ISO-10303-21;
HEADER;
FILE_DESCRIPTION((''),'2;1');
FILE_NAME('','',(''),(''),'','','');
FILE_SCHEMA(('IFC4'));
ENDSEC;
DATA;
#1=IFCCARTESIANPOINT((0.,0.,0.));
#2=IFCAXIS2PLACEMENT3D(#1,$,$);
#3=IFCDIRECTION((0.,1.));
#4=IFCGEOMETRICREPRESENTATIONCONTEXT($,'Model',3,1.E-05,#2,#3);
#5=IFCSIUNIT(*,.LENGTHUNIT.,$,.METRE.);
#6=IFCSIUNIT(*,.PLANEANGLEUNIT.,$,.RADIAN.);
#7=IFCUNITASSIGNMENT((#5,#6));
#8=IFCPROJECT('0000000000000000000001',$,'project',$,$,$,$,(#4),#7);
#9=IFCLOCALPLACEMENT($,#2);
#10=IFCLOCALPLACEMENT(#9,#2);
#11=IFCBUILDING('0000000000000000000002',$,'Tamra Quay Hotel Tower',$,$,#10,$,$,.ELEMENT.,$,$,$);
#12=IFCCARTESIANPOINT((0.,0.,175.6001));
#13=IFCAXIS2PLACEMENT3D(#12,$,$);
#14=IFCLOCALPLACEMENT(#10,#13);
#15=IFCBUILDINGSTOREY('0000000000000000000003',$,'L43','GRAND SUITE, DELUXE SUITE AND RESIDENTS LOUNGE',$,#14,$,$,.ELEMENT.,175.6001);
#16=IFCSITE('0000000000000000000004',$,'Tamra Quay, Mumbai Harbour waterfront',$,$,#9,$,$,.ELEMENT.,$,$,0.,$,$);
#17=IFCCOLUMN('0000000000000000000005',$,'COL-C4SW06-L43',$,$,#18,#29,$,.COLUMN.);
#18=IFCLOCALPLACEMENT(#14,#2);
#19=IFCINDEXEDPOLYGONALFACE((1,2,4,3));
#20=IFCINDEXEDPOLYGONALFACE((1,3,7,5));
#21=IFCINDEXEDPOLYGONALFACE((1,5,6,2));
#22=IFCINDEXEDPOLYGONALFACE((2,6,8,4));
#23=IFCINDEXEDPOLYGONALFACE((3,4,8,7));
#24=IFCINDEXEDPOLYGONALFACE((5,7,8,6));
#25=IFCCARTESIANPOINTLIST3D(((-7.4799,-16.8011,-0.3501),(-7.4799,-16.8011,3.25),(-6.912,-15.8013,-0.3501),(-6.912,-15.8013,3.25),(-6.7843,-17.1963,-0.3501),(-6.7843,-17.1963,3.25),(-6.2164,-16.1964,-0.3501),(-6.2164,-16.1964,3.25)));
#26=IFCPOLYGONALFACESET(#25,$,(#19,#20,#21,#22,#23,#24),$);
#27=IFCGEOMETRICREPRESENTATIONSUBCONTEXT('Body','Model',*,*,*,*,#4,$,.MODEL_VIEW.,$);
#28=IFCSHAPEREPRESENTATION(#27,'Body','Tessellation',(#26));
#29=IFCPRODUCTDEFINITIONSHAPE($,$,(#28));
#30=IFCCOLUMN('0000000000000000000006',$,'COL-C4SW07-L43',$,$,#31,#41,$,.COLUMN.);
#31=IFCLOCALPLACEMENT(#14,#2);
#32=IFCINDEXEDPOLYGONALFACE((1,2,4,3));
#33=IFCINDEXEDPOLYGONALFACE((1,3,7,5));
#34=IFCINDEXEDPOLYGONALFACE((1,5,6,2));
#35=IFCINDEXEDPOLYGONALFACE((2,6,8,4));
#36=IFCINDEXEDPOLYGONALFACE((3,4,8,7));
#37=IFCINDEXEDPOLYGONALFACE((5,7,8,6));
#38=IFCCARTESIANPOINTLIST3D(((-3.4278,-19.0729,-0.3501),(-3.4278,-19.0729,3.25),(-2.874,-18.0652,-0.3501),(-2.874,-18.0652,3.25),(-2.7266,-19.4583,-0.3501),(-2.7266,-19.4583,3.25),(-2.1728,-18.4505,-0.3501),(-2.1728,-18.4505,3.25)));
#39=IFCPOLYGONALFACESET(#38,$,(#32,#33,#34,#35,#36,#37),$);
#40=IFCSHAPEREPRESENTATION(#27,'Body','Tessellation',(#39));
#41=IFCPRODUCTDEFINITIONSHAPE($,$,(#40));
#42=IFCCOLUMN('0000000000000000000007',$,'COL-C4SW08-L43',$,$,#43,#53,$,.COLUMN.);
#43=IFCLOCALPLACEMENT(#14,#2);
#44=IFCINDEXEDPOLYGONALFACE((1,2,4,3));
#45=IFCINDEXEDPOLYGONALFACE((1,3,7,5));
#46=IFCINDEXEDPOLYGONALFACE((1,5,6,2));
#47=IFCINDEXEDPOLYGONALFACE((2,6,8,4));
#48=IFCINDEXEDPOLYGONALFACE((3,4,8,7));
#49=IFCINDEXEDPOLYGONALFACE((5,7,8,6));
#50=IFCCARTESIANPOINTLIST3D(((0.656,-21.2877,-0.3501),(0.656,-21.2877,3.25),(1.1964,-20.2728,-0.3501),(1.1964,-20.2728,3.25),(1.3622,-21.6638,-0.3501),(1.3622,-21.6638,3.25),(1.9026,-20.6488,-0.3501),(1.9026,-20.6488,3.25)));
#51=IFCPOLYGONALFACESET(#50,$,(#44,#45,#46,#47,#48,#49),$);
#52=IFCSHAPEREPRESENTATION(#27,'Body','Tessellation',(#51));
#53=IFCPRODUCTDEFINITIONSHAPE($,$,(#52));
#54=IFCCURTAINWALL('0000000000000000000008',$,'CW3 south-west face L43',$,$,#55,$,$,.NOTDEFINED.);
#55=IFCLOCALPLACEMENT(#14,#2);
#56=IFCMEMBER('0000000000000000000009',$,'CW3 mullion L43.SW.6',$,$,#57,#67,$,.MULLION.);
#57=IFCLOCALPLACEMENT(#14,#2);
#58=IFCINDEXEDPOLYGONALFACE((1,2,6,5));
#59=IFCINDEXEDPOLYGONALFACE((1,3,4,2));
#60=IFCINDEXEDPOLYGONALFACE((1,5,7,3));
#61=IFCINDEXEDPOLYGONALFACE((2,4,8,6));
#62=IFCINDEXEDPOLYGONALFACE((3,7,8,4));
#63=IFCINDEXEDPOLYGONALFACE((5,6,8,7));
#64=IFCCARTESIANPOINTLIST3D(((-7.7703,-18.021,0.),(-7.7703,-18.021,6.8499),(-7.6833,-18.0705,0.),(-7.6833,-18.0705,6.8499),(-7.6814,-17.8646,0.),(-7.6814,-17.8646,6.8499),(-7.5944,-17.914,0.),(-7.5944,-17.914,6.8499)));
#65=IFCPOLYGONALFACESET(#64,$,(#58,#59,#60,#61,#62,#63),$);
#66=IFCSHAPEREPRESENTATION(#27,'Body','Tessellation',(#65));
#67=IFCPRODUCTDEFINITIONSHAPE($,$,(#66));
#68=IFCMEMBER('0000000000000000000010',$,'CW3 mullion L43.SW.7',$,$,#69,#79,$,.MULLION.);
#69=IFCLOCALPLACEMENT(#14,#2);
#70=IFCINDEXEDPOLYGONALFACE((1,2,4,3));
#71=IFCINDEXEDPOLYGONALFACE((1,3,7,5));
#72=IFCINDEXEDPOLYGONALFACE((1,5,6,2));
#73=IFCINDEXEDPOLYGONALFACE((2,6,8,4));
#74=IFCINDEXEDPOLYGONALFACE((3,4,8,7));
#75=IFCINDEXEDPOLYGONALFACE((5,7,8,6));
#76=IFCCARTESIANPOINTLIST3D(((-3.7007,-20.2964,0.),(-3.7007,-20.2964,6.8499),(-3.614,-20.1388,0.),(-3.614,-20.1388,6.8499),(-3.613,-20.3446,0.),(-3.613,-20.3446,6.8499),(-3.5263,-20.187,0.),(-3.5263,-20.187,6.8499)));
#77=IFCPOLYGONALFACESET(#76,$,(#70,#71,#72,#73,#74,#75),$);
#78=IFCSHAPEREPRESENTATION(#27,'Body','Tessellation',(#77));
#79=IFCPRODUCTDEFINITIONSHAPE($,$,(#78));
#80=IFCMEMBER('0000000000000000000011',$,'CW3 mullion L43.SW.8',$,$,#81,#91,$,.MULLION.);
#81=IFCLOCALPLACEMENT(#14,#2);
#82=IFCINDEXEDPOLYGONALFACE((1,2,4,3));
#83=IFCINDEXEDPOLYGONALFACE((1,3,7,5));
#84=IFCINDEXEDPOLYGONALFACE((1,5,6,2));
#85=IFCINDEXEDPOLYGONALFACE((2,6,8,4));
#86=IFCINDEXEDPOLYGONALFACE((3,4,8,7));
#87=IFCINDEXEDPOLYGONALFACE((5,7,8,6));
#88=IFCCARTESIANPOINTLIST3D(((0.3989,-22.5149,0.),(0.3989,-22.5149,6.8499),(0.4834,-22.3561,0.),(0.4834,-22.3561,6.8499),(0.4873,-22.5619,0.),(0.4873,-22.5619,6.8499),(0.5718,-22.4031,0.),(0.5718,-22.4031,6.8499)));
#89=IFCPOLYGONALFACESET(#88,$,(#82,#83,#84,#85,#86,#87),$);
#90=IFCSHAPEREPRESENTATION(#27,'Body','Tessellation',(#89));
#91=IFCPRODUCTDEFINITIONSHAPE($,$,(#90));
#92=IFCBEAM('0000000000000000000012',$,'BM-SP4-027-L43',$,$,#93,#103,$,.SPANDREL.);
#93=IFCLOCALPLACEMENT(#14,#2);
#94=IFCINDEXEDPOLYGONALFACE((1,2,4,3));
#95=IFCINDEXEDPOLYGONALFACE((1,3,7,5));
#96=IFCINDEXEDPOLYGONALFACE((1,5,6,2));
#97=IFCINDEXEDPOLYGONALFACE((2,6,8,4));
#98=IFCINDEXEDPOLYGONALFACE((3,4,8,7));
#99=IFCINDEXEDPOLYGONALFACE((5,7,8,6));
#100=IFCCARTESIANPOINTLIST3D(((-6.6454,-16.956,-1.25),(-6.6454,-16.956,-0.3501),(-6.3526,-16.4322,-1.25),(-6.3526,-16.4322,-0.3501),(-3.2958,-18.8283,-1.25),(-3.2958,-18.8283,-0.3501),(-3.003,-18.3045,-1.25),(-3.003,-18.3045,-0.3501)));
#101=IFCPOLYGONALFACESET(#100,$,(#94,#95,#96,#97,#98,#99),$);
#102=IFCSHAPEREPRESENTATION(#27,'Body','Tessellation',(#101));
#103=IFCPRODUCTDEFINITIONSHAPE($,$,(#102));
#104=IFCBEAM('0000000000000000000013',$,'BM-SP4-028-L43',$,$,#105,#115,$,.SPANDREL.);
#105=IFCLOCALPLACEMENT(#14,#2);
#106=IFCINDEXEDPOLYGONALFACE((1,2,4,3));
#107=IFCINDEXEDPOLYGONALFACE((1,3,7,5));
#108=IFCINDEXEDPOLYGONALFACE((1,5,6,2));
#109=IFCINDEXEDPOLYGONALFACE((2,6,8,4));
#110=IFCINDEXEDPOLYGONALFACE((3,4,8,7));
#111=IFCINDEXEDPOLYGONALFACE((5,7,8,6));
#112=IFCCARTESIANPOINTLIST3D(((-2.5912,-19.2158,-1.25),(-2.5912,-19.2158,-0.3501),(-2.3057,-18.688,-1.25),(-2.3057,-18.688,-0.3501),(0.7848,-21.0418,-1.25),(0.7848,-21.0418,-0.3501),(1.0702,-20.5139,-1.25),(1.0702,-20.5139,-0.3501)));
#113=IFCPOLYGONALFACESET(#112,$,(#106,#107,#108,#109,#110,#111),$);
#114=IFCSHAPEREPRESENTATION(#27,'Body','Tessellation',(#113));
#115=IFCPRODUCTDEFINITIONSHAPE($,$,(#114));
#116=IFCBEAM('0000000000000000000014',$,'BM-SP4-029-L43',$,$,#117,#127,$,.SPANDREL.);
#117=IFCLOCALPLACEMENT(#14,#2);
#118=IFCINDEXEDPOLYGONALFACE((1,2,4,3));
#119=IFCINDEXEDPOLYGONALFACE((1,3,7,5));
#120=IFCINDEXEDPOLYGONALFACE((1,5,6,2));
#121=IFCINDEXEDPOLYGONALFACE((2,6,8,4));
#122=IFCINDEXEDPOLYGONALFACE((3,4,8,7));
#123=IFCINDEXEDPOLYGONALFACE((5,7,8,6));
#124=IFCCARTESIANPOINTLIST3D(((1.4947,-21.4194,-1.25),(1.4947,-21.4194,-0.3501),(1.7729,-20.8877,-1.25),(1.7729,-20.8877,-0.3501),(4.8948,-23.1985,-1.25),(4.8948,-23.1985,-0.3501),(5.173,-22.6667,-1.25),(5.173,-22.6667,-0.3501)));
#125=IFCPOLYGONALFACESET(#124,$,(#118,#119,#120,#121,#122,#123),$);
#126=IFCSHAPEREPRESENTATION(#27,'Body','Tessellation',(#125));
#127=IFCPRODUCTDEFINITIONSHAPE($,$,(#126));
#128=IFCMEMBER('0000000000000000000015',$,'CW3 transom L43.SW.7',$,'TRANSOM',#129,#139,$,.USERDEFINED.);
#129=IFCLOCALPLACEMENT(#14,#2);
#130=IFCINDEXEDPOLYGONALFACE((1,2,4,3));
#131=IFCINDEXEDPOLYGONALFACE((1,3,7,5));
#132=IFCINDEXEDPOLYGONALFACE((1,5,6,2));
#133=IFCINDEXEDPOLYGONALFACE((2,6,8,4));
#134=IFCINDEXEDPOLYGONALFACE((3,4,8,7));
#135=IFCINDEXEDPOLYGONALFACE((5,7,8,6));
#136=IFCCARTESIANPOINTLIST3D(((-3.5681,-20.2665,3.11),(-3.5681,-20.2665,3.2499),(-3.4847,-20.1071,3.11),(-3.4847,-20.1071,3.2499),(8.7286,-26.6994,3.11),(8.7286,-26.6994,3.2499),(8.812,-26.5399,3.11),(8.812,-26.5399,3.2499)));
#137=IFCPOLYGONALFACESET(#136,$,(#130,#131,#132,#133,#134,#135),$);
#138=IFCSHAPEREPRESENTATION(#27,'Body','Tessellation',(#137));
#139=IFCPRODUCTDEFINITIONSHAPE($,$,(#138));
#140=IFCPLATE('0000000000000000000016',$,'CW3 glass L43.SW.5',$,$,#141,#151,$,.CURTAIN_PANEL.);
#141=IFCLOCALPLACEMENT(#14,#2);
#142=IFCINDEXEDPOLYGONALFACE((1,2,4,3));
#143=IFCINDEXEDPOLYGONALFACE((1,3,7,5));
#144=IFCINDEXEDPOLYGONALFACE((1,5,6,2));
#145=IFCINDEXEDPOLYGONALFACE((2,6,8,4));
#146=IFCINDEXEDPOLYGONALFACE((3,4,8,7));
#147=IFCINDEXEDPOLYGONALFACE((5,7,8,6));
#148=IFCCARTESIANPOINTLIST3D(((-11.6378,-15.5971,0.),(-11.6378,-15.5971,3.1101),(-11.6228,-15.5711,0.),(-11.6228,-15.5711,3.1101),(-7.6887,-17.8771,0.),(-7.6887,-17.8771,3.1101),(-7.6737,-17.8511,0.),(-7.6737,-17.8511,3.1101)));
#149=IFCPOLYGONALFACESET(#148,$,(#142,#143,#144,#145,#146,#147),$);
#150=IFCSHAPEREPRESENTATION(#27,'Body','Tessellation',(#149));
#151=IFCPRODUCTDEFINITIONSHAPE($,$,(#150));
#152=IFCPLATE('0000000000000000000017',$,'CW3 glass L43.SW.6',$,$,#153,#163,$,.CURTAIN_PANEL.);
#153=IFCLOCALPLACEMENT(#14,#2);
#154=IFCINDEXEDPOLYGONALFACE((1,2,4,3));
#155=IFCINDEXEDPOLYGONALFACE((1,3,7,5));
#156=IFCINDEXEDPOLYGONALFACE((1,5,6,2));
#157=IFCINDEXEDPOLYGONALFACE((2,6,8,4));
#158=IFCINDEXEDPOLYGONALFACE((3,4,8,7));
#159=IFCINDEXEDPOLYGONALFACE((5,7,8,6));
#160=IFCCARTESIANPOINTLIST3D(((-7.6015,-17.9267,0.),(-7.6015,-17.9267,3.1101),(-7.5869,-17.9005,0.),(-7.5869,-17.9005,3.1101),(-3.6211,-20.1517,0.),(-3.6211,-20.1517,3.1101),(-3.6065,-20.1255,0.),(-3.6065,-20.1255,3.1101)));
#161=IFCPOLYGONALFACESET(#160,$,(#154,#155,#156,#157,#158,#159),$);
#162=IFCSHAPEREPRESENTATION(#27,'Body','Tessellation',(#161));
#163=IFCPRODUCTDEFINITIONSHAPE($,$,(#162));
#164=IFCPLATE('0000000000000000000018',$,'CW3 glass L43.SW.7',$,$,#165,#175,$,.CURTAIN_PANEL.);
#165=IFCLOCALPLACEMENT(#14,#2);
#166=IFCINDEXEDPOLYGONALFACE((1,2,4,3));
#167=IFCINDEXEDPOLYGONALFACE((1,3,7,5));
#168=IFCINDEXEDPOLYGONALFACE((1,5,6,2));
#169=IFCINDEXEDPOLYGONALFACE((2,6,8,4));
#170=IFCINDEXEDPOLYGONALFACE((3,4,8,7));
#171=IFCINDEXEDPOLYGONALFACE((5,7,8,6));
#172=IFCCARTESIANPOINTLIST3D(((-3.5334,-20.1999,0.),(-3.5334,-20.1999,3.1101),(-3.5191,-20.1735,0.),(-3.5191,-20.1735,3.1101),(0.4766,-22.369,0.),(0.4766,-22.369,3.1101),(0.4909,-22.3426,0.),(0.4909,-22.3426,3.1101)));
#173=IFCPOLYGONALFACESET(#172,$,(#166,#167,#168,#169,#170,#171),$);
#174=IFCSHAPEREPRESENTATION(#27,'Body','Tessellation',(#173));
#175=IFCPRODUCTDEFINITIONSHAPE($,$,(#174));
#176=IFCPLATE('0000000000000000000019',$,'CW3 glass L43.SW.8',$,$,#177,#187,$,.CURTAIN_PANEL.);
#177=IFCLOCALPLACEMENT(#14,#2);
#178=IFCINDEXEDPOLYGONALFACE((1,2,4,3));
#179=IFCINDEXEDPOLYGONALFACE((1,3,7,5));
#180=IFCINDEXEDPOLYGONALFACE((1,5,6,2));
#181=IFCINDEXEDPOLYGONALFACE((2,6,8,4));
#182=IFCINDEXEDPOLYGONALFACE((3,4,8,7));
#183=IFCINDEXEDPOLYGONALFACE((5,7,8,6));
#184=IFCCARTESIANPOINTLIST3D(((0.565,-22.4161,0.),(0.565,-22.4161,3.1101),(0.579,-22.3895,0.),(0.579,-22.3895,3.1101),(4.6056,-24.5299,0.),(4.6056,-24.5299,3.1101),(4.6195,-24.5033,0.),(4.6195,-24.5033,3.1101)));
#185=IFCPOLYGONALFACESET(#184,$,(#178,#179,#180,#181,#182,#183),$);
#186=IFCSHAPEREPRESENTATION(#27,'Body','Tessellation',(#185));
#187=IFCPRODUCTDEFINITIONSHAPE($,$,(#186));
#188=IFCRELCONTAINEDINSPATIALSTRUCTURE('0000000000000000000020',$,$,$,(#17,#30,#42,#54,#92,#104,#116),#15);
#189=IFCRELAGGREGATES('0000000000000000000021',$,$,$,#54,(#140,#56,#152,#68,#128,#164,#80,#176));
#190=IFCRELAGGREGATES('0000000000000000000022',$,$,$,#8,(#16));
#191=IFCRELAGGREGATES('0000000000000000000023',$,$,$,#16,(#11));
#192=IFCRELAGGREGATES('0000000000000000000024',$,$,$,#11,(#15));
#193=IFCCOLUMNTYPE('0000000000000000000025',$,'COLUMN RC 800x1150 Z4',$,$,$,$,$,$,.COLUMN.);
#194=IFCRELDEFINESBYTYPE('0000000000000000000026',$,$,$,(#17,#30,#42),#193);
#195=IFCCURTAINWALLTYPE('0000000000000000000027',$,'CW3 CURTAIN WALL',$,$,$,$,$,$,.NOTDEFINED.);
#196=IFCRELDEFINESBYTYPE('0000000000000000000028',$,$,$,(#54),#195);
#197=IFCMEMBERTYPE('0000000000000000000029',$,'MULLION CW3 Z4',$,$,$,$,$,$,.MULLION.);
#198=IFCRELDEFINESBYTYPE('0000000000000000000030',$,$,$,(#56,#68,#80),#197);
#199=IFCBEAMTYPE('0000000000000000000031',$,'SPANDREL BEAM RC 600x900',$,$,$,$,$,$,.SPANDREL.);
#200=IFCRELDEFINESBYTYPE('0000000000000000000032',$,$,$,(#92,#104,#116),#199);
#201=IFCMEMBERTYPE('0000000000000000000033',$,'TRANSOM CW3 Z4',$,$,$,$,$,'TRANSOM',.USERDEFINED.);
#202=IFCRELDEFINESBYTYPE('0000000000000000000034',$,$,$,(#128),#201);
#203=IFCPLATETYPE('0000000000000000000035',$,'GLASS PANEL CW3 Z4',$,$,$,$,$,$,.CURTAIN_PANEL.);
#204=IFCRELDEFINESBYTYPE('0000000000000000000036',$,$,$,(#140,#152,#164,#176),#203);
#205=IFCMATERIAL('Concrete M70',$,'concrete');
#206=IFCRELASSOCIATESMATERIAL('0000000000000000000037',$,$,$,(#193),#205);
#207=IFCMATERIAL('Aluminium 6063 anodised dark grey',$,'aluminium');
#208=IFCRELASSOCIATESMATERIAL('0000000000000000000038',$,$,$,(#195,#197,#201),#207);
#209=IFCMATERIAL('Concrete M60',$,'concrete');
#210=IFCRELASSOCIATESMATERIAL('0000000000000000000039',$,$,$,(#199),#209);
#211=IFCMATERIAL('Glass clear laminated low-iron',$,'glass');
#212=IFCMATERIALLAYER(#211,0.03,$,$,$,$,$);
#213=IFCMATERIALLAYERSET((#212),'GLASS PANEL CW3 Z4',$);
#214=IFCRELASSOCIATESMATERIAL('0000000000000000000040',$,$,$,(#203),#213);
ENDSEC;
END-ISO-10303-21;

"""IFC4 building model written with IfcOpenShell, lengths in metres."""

from ifc_helpers import new_model, si_unit, direction, frame, origin, origin_2d, place, context, subcontext, project, spatial, rectangle, extrude, material, layer, layer_set, material_profile, profile_set, type_object, element, aggregate, save


model = new_model("IFC4")

# Units and contexts
model_context = context("Model", 3, precision=1e-05, world=origin(), true_north=direction((0.0, 1.0)))
body_context = subcontext(model_context, "Body", "Model", "MODEL_VIEW")
ifc_project = project(units=[si_unit("LENGTHUNIT", "METRE"), si_unit("PLANEANGLEUNIT", "RADIAN")], contexts=[model_context])

# Site, building, storey
site_placement = place(None, origin())
site = spatial("IfcSite", under=ifc_project, at=site_placement, Name="Tamra Quay, Mumbai Harbour waterfront", CompositionType="ELEMENT", RefElevation=0.0)
building_placement = place(site_placement, origin())
building = spatial("IfcBuilding", under=site, at=building_placement, Name="Tamra Quay Hotel Tower", CompositionType="ELEMENT")
storey_placement = place(building_placement, frame((0.0, 0.0, 175.6001)))
storey = spatial("IfcBuildingStorey", under=building, at=storey_placement, Name="L43", Description="GRAND SUITE, DELUXE SUITE AND RESIDENTS LOUNGE", CompositionType="ELEMENT", Elevation=175.6001)

# Columns
ifc_material_1 = material(Name="Concrete M70", Category="concrete")
ifc_material_profile_1 = material_profile(ifc_material_1, rectangle(XDim=1.1499, YDim=0.8, at=origin_2d()), Name="COLUMN RC 800x1150 Z4")
ifc_profile_set_1 = profile_set([ifc_material_profile_1], Name="Concrete M70")
column_type = type_object("IfcColumnType", Name="COLUMN RC 800x1150 Z4", PredefinedType="COLUMN", material=ifc_profile_set_1)
for number, where, z_axis, x_axis, name in (
    (1, (-6.8481, -16.4988, -0.3501), (0.0, 0.0, 1.0), (0.49389, 0.869524, 0.0), "COL-C4SW06-L43"),
    (2, (-2.8003, -18.7617, -0.3501), (0.0, 0.0, 1.0), (0.481602, 0.87639, 0.0), "COL-C4SW07-L43"),
    (3, (1.2793, -20.9683, -0.3501), (0.0, 0.0, 1.0), (0.470002, 0.882666, 0.0), "COL-C4SW08-L43"),
):
    element("IfcColumn", number, at=place(storey_placement, frame(where, z_axis=z_axis, x_axis=x_axis)), inside=storey, type_object=column_type, Name=name, PredefinedType="COLUMN", context=body_context, shape_type="SweptSolid", body=[
        extrude(rectangle(XDim=1.1499, YDim=0.8, at=origin_2d()), origin(), (0.0, 0.0, 1.0), 3.6001),
    ])

# Curtain wall, members
ifc_material_2 = material(Name="Aluminium 6063 anodised dark grey", Category="aluminium")
curtain_wall_type = type_object("IfcCurtainWallType", Name="CW3 CURTAIN WALL", PredefinedType="NOTDEFINED", material=ifc_material_2)
curtain_wall_placement = place(storey_placement, origin())
curtain_wall = element("IfcCurtainWall", 4, at=curtain_wall_placement, inside=storey, type_object=curtain_wall_type, Name="CW3 south-west face L43", PredefinedType="NOTDEFINED")
ifc_material_profile_2 = material_profile(ifc_material_2, rectangle(XDim=0.1799, YDim=0.1001, at=origin_2d()), Name="MULLION 100X180")
ifc_profile_set_2 = profile_set([ifc_material_profile_2], Name="Aluminium 6063 anodised dark grey")
member_type_1 = type_object("IfcMemberType", Name="MULLION CW3 Z4", PredefinedType="MULLION", material=ifc_profile_set_2)
member_1_placement = place(storey_placement, frame((-7.6824, -17.9675, 0.0), z_axis=(0.0, 0.0, 1.0), x_axis=(-0.493975, -0.869476, 0.0)))
member_1 = element("IfcMember", 5, at=member_1_placement, type_object=member_type_1, Name="CW3 mullion L43.SW.6", PredefinedType="MULLION", context=body_context, shape_type="SweptSolid", body=[
    extrude(rectangle(XDim=0.1799, YDim=0.1001, at=origin_2d()), origin(), (0.0, 0.0, 1.0), 6.8499),
])
member_2_placement = place(storey_placement, frame((-3.6135, -20.2417, 0.0), z_axis=(0.0, 0.0, 1.0), x_axis=(-0.481861, -0.876248, 0.0)))
member_2 = element("IfcMember", 6, at=member_2_placement, type_object=member_type_1, Name="CW3 mullion L43.SW.7", PredefinedType="MULLION", context=body_context, shape_type="SweptSolid", body=[
    extrude(rectangle(XDim=0.1799, YDim=0.1001, at=origin_2d()), origin(), (0.0, 0.0, 1.0), 6.8499),
])
member_3_placement = place(storey_placement, frame((0.4854, -22.459, 0.0), z_axis=(0.0, 0.0, 1.0), x_axis=(-0.469668, -0.882843, 0.0)))
member_3 = element("IfcMember", 7, at=member_3_placement, type_object=member_type_1, Name="CW3 mullion L43.SW.8", PredefinedType="MULLION", context=body_context, shape_type="SweptSolid", body=[
    extrude(rectangle(XDim=0.1799, YDim=0.1001, at=origin_2d()), origin(), (0.0, 0.0, 1.0), 6.8499),
])

# Beams
ifc_material_3 = material(Name="Concrete M60", Category="concrete")
ifc_material_profile_3 = material_profile(ifc_material_3, rectangle(XDim=0.6001, YDim=0.8999, at=origin_2d()), Name="SPANDREL BEAM RC 600x900")
ifc_profile_set_3 = profile_set([ifc_material_profile_3], Name="Concrete M60")
beam_type = type_object("IfcBeamType", Name="SPANDREL BEAM RC 600x900", PredefinedType="SPANDREL", material=ifc_profile_set_3)
beam_1_placement = place(storey_placement, frame((-6.499, -16.6941, -0.8), z_axis=(0.872891, -0.487915, 0.0), x_axis=(0.487915, 0.872891, 0.0)))
element("IfcBeam", 8, at=beam_1_placement, inside=storey, type_object=beam_type, Name="BM-SP4-027-L43", PredefinedType="SPANDREL", context=body_context, shape_type="SweptSolid", body=[
    extrude(rectangle(XDim=0.6001, YDim=0.8999, at=origin_2d()), origin(), (0.0, 0.0, 1.0), 3.8374),
])
beam_2_placement = place(storey_placement, frame((-2.4485, -18.9519, -0.8), z_axis=(0.879589, -0.475734, 0.0), x_axis=(0.475734, 0.879589, 0.0)))
element("IfcBeam", 9, at=beam_2_placement, inside=storey, type_object=beam_type, Name="BM-SP4-028-L43", PredefinedType="SPANDREL", context=body_context, shape_type="SweptSolid", body=[
    extrude(rectangle(XDim=0.6001, YDim=0.8999, at=origin_2d()), origin(), (0.0, 0.0, 1.0), 3.8381),
])
beam_3_placement = place(storey_placement, frame((1.6338, -21.1536, -0.8), z_axis=(0.886043, -0.463603, 0.0), x_axis=(0.463603, 0.886043, 0.0)))
element("IfcBeam", 10, at=beam_3_placement, inside=storey, type_object=beam_type, Name="BM-SP4-029-L43", PredefinedType="SPANDREL", context=body_context, shape_type="SweptSolid", body=[
    extrude(rectangle(XDim=0.6001, YDim=0.8999, at=origin_2d()), origin(), (0.0, 0.0, 1.0), 3.8374),
])

# Member
ifc_material_profile_4 = material_profile(ifc_material_2, rectangle(XDim=0.1799, YDim=0.1399, at=origin_2d()), Name="TRANSOM 180X140")
ifc_profile_set_4 = profile_set([ifc_material_profile_4], Name="Aluminium 6063 anodised dark grey")
member_type_2 = type_object("IfcMemberType", Name="TRANSOM CW3 Z4", ElementType="TRANSOM", PredefinedType="USERDEFINED", material=ifc_profile_set_4)
member_4_placement = place(storey_placement, frame((-3.5264, -20.1868, 3.1799), z_axis=(0.886075, -0.463542, 0.0), x_axis=(0.463542, 0.886075, 0.0)))
member_4 = element("IfcMember", 11, at=member_4_placement, type_object=member_type_2, Name="CW3 transom L43.SW.7", ObjectType="TRANSOM", PredefinedType="USERDEFINED", context=body_context, shape_type="SweptSolid", body=[
    extrude(rectangle(XDim=0.1799, YDim=0.1399, at=origin_2d()), origin(), (0.0, 0.0, 1.0), 13.8777),
])

# Plates
ifc_material_4 = material(Name="Glass clear laminated low-iron", Category="glass")
ifc_layer_1 = layer(ifc_material_4, 0.03)
ifc_layer_set_1 = layer_set([ifc_layer_1], Name="GLASS PANEL CW3 Z4")
plate_type = type_object("IfcPlateType", Name="GLASS PANEL CW3 Z4", PredefinedType="CURTAIN_PANEL", material=ifc_layer_set_1)
plate_1_placement = place(storey_placement, frame((-9.6558, -16.7241, 0.0), z_axis=(0.0, 0.0, 1.0), x_axis=(0.866025, -0.5, 0.0)))
plate_1 = element("IfcPlate", 12, at=plate_1_placement, type_object=plate_type, Name="CW3 glass L43.SW.5", PredefinedType="CURTAIN_PANEL", context=body_context, shape_type="SweptSolid", body=[
    extrude(rectangle(XDim=4.5601, YDim=0.03, at=origin_2d()), origin(), (0.0, 0.0, 1.0), 3.1101),
])
plate_2_placement = place(storey_placement, frame((-5.604, -19.0261, 0.0), z_axis=(0.0, 0.0, 1.0), x_axis=(0.872885, -0.487926, 0.0)))
plate_2 = element("IfcPlate", 13, at=plate_2_placement, type_object=plate_type, Name="CW3 glass L43.SW.6", PredefinedType="CURTAIN_PANEL", context=body_context, shape_type="SweptSolid", body=[
    extrude(rectangle(XDim=4.5601, YDim=0.03, at=origin_2d()), origin(), (0.0, 0.0, 1.0), 3.1101),
])
plate_3_placement = place(storey_placement, frame((-1.5212, -21.2712, 0.0), z_axis=(0.0, 0.0, 1.0), x_axis=(0.879569, -0.475772, 0.0)))
plate_3 = element("IfcPlate", 14, at=plate_3_placement, type_object=plate_type, Name="CW3 glass L43.SW.7", PredefinedType="CURTAIN_PANEL", context=body_context, shape_type="SweptSolid", body=[
    extrude(rectangle(XDim=4.5591, YDim=0.03, at=origin_2d()), origin(), (0.0, 0.0, 1.0), 3.1101),
])
plate_4_placement = place(storey_placement, frame((2.5923, -23.4597, 0.0), z_axis=(0.0, 0.0, 1.0), x_axis=(0.886076, -0.463541, 0.0)))
plate_4 = element("IfcPlate", 15, at=plate_4_placement, type_object=plate_type, Name="CW3 glass L43.SW.8", PredefinedType="CURTAIN_PANEL", context=body_context, shape_type="SweptSolid", body=[
    extrude(rectangle(XDim=4.5601, YDim=0.03, at=origin_2d()), origin(), (0.0, 0.0, 1.0), 3.1101),
])
aggregate(curtain_wall, [plate_1, member_1, plate_2, member_2, member_4, plate_3, member_3, plate_4])

save(model, "model.ifc")
